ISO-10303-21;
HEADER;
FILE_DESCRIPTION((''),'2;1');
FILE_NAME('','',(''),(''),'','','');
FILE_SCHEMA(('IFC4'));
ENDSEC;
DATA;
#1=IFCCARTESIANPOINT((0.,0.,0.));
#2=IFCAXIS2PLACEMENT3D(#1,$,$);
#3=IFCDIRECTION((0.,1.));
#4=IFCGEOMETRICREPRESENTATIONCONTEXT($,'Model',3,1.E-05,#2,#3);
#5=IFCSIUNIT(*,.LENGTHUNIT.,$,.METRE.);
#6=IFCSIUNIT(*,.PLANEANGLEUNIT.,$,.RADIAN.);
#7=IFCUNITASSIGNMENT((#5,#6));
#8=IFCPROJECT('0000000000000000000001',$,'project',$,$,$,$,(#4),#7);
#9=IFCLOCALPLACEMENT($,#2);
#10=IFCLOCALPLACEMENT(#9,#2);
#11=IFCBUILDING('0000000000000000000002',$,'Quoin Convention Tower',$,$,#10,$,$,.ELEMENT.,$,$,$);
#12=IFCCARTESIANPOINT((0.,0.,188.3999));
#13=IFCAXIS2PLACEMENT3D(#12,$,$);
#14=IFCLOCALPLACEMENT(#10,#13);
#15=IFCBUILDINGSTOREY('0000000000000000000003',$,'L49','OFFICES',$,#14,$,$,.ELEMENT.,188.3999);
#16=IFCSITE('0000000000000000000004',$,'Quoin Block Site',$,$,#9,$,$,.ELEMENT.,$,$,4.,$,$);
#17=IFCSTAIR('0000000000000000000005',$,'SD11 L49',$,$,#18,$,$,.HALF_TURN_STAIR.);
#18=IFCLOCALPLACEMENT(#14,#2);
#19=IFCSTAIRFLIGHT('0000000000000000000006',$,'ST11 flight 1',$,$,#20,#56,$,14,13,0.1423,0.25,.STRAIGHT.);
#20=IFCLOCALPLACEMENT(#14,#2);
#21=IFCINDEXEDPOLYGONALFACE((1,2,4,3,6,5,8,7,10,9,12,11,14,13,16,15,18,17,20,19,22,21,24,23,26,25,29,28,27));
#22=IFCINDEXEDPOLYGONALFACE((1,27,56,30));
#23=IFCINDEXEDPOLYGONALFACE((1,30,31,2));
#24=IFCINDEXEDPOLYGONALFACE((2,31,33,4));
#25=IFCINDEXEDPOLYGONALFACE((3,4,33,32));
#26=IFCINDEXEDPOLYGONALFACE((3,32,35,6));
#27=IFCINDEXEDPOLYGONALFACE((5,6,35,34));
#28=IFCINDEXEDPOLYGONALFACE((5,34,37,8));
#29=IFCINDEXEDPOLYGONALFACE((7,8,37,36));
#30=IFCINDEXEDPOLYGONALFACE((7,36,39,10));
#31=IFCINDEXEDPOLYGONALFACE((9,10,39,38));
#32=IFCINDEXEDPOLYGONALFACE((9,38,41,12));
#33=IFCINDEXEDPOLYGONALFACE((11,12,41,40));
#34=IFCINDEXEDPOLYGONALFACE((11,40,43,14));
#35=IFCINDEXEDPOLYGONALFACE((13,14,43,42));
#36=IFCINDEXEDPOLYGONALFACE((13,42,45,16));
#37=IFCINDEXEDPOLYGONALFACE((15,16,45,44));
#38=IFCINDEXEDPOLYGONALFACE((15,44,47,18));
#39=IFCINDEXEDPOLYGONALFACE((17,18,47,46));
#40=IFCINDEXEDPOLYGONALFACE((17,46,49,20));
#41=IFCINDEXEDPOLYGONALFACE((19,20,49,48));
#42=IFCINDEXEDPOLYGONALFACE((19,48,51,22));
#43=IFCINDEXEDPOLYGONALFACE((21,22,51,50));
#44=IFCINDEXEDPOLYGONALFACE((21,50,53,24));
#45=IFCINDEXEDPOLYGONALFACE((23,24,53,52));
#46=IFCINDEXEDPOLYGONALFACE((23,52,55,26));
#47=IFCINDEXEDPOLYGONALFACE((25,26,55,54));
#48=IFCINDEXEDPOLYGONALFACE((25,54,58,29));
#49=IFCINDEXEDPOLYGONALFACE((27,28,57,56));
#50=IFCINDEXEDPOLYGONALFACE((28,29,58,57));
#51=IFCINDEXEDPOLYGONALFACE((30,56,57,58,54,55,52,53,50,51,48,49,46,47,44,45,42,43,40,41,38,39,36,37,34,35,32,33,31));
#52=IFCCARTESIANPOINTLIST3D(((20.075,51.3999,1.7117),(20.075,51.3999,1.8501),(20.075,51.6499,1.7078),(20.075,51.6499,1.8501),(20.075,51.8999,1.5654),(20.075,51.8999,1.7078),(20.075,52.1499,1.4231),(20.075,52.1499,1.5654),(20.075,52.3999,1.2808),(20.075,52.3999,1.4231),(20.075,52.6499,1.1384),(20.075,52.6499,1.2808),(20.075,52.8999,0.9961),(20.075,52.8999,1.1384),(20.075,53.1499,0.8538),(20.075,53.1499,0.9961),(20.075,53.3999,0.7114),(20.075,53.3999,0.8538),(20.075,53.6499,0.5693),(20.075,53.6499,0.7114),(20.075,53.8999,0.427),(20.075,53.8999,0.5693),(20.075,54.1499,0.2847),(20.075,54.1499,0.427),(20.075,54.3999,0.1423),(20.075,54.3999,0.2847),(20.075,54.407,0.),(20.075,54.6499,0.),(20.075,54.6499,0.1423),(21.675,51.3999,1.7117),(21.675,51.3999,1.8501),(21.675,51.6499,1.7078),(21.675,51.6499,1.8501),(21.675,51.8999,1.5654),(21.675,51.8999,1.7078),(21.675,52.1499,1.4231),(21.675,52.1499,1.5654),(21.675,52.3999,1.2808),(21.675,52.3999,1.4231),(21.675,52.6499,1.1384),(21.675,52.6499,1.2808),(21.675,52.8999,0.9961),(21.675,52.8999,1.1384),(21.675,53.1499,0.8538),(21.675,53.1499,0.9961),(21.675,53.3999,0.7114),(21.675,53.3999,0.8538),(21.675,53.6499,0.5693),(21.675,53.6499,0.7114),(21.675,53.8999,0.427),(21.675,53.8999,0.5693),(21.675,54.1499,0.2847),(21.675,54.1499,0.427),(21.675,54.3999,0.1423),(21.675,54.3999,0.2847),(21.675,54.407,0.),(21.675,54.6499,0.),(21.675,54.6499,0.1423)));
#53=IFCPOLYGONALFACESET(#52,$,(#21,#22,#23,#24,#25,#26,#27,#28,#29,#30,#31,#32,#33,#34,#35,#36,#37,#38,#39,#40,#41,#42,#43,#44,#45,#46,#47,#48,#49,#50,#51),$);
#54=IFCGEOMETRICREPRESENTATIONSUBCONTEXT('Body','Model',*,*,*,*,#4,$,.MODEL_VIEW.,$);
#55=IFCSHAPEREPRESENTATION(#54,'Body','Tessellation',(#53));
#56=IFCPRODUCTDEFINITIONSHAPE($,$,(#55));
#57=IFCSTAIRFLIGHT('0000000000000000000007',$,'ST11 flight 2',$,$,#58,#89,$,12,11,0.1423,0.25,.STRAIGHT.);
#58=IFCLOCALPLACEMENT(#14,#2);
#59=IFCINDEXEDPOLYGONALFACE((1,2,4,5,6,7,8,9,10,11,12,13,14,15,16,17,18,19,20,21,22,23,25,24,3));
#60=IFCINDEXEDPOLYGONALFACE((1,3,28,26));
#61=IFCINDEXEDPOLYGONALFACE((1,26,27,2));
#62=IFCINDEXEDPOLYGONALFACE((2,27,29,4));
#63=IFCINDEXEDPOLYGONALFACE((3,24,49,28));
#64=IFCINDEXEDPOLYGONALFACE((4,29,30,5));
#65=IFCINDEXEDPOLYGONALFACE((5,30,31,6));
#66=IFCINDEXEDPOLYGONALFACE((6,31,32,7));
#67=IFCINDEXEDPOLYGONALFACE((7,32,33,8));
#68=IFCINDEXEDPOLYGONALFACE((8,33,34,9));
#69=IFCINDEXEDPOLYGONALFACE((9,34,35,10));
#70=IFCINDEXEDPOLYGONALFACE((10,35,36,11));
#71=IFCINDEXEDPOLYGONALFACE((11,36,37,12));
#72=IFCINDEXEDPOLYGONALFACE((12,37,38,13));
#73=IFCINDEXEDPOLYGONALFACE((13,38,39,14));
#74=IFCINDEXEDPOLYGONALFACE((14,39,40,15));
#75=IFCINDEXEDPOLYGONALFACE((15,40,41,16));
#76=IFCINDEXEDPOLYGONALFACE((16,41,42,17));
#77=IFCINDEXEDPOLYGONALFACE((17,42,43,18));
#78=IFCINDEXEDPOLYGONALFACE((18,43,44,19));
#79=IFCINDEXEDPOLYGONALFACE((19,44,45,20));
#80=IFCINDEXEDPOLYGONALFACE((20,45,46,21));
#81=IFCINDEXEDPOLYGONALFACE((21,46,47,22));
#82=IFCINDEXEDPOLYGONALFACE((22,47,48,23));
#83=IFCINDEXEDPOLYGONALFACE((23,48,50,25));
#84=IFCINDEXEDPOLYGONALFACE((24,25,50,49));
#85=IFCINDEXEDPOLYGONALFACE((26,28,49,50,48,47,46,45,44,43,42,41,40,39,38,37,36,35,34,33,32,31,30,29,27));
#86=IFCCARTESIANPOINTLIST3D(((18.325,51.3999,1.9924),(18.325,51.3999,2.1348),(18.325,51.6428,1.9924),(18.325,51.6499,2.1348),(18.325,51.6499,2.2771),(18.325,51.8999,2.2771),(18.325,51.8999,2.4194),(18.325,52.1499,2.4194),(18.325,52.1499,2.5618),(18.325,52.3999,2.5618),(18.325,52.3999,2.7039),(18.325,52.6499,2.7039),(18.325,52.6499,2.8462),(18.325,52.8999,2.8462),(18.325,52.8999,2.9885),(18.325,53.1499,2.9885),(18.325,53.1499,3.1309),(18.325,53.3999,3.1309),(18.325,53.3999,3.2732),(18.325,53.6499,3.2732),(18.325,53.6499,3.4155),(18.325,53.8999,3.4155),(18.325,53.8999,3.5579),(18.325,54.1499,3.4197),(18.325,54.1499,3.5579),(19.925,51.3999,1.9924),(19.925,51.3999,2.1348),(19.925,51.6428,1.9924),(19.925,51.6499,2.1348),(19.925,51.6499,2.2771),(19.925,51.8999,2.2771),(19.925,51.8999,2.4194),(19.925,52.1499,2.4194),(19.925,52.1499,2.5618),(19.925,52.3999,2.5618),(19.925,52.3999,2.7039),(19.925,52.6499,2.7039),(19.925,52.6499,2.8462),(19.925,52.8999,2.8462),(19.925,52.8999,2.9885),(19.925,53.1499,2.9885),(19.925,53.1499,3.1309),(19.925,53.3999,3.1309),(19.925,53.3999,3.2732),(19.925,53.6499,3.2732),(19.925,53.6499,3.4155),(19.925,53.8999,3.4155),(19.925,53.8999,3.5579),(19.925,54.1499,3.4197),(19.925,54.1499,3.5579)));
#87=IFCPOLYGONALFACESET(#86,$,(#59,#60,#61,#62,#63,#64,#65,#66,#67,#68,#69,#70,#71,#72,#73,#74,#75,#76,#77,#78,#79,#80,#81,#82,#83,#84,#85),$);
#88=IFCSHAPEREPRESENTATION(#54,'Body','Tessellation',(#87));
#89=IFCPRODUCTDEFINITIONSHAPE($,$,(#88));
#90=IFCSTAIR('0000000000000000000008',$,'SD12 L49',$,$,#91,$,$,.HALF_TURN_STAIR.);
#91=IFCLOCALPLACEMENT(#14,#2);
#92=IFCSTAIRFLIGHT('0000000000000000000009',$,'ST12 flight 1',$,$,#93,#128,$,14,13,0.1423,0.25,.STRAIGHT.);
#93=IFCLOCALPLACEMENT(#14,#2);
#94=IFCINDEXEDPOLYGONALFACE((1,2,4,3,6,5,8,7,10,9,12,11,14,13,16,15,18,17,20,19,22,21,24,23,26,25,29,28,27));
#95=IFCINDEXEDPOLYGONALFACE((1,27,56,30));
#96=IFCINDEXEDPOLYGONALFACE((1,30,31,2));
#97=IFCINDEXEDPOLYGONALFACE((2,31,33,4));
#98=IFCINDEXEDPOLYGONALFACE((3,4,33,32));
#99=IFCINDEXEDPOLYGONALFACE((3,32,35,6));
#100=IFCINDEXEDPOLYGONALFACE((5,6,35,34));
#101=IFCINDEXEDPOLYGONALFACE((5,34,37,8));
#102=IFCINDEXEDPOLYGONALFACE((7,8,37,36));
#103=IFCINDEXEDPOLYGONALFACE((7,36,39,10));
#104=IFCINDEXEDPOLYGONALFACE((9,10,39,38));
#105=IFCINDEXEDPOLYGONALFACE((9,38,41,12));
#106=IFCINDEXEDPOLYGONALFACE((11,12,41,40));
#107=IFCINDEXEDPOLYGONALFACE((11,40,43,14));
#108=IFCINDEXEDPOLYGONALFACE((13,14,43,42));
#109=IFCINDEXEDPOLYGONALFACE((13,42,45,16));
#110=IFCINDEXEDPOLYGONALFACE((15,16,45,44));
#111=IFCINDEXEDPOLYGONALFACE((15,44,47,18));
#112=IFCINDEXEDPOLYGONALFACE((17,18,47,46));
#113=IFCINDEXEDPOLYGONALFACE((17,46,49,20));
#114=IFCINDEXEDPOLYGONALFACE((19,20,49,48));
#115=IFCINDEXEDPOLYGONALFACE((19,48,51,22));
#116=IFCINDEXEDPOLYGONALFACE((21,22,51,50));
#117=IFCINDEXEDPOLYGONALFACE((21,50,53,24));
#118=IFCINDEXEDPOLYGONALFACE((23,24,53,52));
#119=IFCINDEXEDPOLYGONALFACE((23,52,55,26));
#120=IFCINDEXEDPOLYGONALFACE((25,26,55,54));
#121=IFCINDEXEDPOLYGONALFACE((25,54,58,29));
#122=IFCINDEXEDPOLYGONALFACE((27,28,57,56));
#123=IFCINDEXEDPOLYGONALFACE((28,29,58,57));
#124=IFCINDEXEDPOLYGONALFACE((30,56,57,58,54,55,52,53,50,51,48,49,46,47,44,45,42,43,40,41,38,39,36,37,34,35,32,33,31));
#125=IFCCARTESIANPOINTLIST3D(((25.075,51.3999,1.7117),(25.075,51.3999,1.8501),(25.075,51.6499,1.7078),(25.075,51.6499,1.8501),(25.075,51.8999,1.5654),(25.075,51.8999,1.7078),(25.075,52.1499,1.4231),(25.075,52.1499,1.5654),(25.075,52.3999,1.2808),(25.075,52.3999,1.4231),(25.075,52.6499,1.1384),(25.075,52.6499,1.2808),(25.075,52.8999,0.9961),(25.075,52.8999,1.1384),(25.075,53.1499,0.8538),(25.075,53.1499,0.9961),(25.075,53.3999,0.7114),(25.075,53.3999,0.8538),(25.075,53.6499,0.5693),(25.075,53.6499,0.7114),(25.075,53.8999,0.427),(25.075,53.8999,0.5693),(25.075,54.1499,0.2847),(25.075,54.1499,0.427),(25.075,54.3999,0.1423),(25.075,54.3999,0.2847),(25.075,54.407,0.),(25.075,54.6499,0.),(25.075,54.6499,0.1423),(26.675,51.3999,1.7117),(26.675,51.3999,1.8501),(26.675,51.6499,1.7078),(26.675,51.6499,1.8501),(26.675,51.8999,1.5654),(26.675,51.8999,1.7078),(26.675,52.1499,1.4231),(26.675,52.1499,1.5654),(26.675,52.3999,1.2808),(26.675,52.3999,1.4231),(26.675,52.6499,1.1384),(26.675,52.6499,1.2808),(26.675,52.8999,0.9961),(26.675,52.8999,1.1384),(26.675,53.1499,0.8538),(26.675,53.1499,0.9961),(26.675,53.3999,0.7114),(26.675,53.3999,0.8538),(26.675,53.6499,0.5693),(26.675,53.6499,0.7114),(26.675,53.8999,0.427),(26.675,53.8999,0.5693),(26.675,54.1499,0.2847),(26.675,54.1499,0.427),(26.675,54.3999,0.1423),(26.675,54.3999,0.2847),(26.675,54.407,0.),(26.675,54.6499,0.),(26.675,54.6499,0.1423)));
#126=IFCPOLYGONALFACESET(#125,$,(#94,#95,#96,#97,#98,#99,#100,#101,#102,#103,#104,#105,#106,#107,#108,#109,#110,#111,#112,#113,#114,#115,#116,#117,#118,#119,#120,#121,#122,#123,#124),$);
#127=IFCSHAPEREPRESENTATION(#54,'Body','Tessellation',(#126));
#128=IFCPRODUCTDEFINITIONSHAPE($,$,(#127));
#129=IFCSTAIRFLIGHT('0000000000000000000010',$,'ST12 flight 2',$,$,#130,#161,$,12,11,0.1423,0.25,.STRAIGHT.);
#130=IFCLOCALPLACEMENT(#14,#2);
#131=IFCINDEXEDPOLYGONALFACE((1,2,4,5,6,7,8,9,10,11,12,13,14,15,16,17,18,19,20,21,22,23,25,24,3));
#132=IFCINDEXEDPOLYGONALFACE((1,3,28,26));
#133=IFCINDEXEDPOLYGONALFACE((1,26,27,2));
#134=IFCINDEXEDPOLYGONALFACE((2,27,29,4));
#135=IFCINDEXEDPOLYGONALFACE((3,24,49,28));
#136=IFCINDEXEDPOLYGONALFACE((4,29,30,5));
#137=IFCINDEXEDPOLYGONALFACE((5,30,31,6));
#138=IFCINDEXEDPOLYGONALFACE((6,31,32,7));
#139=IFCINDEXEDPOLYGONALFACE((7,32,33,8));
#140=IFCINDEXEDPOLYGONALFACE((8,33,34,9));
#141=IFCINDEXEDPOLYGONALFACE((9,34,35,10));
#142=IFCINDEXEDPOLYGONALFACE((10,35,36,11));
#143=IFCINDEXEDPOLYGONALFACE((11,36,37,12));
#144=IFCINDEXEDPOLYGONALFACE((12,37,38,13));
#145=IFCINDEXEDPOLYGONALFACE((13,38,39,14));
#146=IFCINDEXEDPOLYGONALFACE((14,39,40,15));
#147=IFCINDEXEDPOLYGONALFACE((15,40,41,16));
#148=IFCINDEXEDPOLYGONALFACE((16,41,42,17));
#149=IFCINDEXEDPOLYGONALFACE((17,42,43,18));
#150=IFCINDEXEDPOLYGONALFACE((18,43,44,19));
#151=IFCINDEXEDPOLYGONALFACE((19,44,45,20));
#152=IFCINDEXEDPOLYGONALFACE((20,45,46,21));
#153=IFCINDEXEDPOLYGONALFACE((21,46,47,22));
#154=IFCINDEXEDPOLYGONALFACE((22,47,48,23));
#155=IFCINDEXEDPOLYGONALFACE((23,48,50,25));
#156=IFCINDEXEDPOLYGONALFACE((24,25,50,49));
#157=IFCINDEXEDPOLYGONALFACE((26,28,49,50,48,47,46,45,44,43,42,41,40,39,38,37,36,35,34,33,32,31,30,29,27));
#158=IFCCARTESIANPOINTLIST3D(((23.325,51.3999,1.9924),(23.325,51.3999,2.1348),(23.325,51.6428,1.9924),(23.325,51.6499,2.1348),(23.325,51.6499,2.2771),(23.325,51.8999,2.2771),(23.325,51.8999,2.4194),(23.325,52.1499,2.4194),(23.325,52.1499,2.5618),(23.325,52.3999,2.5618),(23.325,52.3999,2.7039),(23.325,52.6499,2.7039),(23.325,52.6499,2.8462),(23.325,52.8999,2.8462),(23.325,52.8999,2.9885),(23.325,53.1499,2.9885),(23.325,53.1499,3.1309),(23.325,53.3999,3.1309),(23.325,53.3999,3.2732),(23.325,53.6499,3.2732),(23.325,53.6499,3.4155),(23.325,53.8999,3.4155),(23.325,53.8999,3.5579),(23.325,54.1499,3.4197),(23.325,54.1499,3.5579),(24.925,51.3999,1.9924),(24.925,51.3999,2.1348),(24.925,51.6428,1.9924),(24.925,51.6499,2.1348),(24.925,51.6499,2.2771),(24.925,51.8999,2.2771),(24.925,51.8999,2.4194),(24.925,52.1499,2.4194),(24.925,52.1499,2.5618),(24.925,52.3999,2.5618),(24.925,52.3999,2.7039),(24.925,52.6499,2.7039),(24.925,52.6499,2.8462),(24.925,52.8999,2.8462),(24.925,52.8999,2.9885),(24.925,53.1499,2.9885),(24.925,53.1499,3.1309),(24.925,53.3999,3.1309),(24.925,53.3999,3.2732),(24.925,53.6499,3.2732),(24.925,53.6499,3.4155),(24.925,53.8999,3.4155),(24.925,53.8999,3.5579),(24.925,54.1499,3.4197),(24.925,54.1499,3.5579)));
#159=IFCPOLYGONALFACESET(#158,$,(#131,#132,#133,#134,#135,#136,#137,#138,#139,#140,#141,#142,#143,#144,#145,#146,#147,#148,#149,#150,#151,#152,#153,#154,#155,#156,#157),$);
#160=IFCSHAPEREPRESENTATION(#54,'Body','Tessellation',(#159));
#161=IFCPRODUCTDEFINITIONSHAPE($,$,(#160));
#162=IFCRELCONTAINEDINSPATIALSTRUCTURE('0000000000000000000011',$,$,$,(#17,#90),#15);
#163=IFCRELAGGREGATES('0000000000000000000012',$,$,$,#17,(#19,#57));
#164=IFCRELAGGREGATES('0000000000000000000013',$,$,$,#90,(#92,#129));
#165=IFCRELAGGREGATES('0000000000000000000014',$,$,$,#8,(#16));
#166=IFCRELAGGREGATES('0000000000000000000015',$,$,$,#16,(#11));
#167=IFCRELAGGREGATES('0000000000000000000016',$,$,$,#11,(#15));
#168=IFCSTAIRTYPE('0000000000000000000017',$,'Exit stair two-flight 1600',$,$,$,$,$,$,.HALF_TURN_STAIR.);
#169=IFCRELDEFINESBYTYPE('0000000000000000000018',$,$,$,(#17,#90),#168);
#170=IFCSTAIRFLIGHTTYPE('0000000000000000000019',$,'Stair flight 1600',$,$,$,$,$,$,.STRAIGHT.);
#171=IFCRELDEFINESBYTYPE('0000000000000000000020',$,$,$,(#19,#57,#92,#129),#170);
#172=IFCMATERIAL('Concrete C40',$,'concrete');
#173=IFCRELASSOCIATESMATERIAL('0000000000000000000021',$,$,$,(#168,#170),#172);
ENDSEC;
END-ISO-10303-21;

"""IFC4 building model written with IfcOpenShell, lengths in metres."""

from ifc_helpers import new_model, si_unit, direction, frame, origin, place, context, subcontext, project, spatial, polyline, outline, extrude, material, type_object, element, aggregate, save


model = new_model("IFC4")

# Units and contexts
model_context = context("Model", 3, precision=1e-05, world=origin(), true_north=direction((0.0, 1.0)))
body_context = subcontext(model_context, "Body", "Model", "MODEL_VIEW")
ifc_project = project(units=[si_unit("LENGTHUNIT", "METRE"), si_unit("PLANEANGLEUNIT", "RADIAN")], contexts=[model_context])

# Site, building, storey
site_placement = place(None, origin())
site = spatial("IfcSite", under=ifc_project, at=site_placement, Name="Quoin Block Site", CompositionType="ELEMENT", RefElevation=4.0)
building_placement = place(site_placement, origin())
building = spatial("IfcBuilding", under=site, at=building_placement, Name="Quoin Convention Tower", CompositionType="ELEMENT")
storey_placement = place(building_placement, frame((0.0, 0.0, 188.3999)))
storey = spatial("IfcBuildingStorey", under=building, at=storey_placement, Name="L49", Description="OFFICES", CompositionType="ELEMENT", Elevation=188.3999)

# Stairs, stair flights
ifc_material_1 = material(Name="Concrete C40", Category="concrete")
stair_type = type_object("IfcStairType", Name="Exit stair two-flight 1600", PredefinedType="HALF_TURN_STAIR", material=ifc_material_1)
stair_1_placement = place(storey_placement, origin())
stair_1 = element("IfcStair", 1, at=stair_1_placement, inside=storey, type_object=stair_type, Name="SD11 L49", PredefinedType="HALF_TURN_STAIR")
stair_flight_type = type_object("IfcStairFlightType", Name="Stair flight 1600", PredefinedType="STRAIGHT", material=ifc_material_1)
stair_flight_1_placement = place(storey_placement, frame((20.875, 54.6499, 0.0), z_axis=(0.0, 0.0, 1.0), x_axis=(0.0, -1.0, 0.0)))
stair_flight_1 = element("IfcStairFlight", 2, at=stair_flight_1_placement, type_object=stair_flight_type, Name="ST11 flight 1", NumberOfRisers=14, NumberOfTreads=13, PredefinedType="STRAIGHT", RiserHeight=0.1423, TreadLength=0.25, context=body_context, shape_type="SweptSolid", body=[
    extrude(outline(polyline([(0.0, 0.0), (0.0, 0.1423), (0.25, 0.1423), (0.25, 0.2847), (0.5, 0.2847), (0.5, 0.427), (0.75, 0.427), (0.75, 0.5693), (1.0, 0.5693), (1.0, 0.7114), (1.25, 0.7114), (1.25, 0.8538), (1.5, 0.8538), (1.5, 0.9961), (1.75, 0.9961), (1.75, 1.1384), (2.0, 1.1384), (2.0, 1.2808), (2.25, 1.2808), (2.25, 1.4231), (2.5, 1.4231), (2.5, 1.5654), (2.75, 1.5654), (2.75, 1.7078), (3.0, 1.7078), (3.0, 1.8501), (3.25, 1.8501), (3.25, 1.9922), (3.25, 1.7117), (0.2429, 0.0), (0.0, 0.0)])), frame((0.0, 0.8, 0.0), z_axis=(0.0, -1.0, 0.0), x_axis=(1.0, 0.0, 0.0)), (0.0, 0.0, 1.0), 1.6001),
])
stair_flight_2_placement = place(storey_placement, frame((19.125, 51.3999, 1.9924), z_axis=(0.0, 0.0, 1.0), x_axis=(0.0, 1.0, 0.0)))
stair_flight_2 = element("IfcStairFlight", 3, at=stair_flight_2_placement, type_object=stair_flight_type, Name="ST11 flight 2", NumberOfRisers=12, NumberOfTreads=11, PredefinedType="STRAIGHT", RiserHeight=0.1423, TreadLength=0.25, context=body_context, shape_type="SweptSolid", body=[
    extrude(outline(polyline([(0.0, 0.0), (0.0, 0.1423), (0.25, 0.1423), (0.25, 0.2847), (0.5, 0.2847), (0.5, 0.427), (0.75, 0.427), (0.75, 0.5693), (1.0, 0.5693), (1.0, 0.7114), (1.25, 0.7114), (1.25, 0.8538), (1.5, 0.8538), (1.5, 0.9961), (1.75, 0.9961), (1.75, 1.1384), (2.0, 1.1384), (2.0, 1.2808), (2.25, 1.2808), (2.25, 1.4231), (2.5, 1.4231), (2.5, 1.5654), (2.75, 1.5654), (2.75, 1.7078), (2.75, 1.4272), (0.2429, 0.0), (0.0, 0.0)])), frame((0.0, 0.8, 0.0), z_axis=(0.0, -1.0, 0.0), x_axis=(1.0, 0.0, 0.0)), (0.0, 0.0, 1.0), 1.6001),
])
aggregate(stair_1, [stair_flight_1, stair_flight_2])
stair_2_placement = place(storey_placement, origin())
stair_2 = element("IfcStair", 4, at=stair_2_placement, inside=storey, type_object=stair_type, Name="SD12 L49", PredefinedType="HALF_TURN_STAIR")
stair_flight_3_placement = place(storey_placement, frame((25.875, 54.6499, 0.0), z_axis=(0.0, 0.0, 1.0), x_axis=(0.0, -1.0, 0.0)))
stair_flight_3 = element("IfcStairFlight", 5, at=stair_flight_3_placement, type_object=stair_flight_type, Name="ST12 flight 1", NumberOfRisers=14, NumberOfTreads=13, PredefinedType="STRAIGHT", RiserHeight=0.1423, TreadLength=0.25, context=body_context, shape_type="SweptSolid", body=[
    extrude(outline(polyline([(0.0, 0.0), (0.0, 0.1423), (0.25, 0.1423), (0.25, 0.2847), (0.5, 0.2847), (0.5, 0.427), (0.75, 0.427), (0.75, 0.5693), (1.0, 0.5693), (1.0, 0.7114), (1.25, 0.7114), (1.25, 0.8538), (1.5, 0.8538), (1.5, 0.9961), (1.75, 0.9961), (1.75, 1.1384), (2.0, 1.1384), (2.0, 1.2808), (2.25, 1.2808), (2.25, 1.4231), (2.5, 1.4231), (2.5, 1.5654), (2.75, 1.5654), (2.75, 1.7078), (3.0, 1.7078), (3.0, 1.8501), (3.25, 1.8501), (3.25, 1.9922), (3.25, 1.7117), (0.2429, 0.0), (0.0, 0.0)])), frame((0.0, 0.8, 0.0), z_axis=(0.0, -1.0, 0.0), x_axis=(1.0, 0.0, 0.0)), (0.0, 0.0, 1.0), 1.6001),
])
stair_flight_4_placement = place(storey_placement, frame((24.125, 51.3999, 1.9924), z_axis=(0.0, 0.0, 1.0), x_axis=(0.0, 1.0, 0.0)))
stair_flight_4 = element("IfcStairFlight", 6, at=stair_flight_4_placement, type_object=stair_flight_type, Name="ST12 flight 2", NumberOfRisers=12, NumberOfTreads=11, PredefinedType="STRAIGHT", RiserHeight=0.1423, TreadLength=0.25, context=body_context, shape_type="SweptSolid", body=[
    extrude(outline(polyline([(0.0, 0.0), (0.0, 0.1423), (0.25, 0.1423), (0.25, 0.2847), (0.5, 0.2847), (0.5, 0.427), (0.75, 0.427), (0.75, 0.5693), (1.0, 0.5693), (1.0, 0.7114), (1.25, 0.7114), (1.25, 0.8538), (1.5, 0.8538), (1.5, 0.9961), (1.75, 0.9961), (1.75, 1.1384), (2.0, 1.1384), (2.0, 1.2808), (2.25, 1.2808), (2.25, 1.4231), (2.5, 1.4231), (2.5, 1.5654), (2.75, 1.5654), (2.75, 1.7078), (2.75, 1.4272), (0.2429, 0.0), (0.0, 0.0)])), frame((0.0, 0.8, 0.0), z_axis=(0.0, -1.0, 0.0), x_axis=(1.0, 0.0, 0.0)), (0.0, 0.0, 1.0), 1.6001),
])
aggregate(stair_2, [stair_flight_3, stair_flight_4])

save(model, "model.ifc")
